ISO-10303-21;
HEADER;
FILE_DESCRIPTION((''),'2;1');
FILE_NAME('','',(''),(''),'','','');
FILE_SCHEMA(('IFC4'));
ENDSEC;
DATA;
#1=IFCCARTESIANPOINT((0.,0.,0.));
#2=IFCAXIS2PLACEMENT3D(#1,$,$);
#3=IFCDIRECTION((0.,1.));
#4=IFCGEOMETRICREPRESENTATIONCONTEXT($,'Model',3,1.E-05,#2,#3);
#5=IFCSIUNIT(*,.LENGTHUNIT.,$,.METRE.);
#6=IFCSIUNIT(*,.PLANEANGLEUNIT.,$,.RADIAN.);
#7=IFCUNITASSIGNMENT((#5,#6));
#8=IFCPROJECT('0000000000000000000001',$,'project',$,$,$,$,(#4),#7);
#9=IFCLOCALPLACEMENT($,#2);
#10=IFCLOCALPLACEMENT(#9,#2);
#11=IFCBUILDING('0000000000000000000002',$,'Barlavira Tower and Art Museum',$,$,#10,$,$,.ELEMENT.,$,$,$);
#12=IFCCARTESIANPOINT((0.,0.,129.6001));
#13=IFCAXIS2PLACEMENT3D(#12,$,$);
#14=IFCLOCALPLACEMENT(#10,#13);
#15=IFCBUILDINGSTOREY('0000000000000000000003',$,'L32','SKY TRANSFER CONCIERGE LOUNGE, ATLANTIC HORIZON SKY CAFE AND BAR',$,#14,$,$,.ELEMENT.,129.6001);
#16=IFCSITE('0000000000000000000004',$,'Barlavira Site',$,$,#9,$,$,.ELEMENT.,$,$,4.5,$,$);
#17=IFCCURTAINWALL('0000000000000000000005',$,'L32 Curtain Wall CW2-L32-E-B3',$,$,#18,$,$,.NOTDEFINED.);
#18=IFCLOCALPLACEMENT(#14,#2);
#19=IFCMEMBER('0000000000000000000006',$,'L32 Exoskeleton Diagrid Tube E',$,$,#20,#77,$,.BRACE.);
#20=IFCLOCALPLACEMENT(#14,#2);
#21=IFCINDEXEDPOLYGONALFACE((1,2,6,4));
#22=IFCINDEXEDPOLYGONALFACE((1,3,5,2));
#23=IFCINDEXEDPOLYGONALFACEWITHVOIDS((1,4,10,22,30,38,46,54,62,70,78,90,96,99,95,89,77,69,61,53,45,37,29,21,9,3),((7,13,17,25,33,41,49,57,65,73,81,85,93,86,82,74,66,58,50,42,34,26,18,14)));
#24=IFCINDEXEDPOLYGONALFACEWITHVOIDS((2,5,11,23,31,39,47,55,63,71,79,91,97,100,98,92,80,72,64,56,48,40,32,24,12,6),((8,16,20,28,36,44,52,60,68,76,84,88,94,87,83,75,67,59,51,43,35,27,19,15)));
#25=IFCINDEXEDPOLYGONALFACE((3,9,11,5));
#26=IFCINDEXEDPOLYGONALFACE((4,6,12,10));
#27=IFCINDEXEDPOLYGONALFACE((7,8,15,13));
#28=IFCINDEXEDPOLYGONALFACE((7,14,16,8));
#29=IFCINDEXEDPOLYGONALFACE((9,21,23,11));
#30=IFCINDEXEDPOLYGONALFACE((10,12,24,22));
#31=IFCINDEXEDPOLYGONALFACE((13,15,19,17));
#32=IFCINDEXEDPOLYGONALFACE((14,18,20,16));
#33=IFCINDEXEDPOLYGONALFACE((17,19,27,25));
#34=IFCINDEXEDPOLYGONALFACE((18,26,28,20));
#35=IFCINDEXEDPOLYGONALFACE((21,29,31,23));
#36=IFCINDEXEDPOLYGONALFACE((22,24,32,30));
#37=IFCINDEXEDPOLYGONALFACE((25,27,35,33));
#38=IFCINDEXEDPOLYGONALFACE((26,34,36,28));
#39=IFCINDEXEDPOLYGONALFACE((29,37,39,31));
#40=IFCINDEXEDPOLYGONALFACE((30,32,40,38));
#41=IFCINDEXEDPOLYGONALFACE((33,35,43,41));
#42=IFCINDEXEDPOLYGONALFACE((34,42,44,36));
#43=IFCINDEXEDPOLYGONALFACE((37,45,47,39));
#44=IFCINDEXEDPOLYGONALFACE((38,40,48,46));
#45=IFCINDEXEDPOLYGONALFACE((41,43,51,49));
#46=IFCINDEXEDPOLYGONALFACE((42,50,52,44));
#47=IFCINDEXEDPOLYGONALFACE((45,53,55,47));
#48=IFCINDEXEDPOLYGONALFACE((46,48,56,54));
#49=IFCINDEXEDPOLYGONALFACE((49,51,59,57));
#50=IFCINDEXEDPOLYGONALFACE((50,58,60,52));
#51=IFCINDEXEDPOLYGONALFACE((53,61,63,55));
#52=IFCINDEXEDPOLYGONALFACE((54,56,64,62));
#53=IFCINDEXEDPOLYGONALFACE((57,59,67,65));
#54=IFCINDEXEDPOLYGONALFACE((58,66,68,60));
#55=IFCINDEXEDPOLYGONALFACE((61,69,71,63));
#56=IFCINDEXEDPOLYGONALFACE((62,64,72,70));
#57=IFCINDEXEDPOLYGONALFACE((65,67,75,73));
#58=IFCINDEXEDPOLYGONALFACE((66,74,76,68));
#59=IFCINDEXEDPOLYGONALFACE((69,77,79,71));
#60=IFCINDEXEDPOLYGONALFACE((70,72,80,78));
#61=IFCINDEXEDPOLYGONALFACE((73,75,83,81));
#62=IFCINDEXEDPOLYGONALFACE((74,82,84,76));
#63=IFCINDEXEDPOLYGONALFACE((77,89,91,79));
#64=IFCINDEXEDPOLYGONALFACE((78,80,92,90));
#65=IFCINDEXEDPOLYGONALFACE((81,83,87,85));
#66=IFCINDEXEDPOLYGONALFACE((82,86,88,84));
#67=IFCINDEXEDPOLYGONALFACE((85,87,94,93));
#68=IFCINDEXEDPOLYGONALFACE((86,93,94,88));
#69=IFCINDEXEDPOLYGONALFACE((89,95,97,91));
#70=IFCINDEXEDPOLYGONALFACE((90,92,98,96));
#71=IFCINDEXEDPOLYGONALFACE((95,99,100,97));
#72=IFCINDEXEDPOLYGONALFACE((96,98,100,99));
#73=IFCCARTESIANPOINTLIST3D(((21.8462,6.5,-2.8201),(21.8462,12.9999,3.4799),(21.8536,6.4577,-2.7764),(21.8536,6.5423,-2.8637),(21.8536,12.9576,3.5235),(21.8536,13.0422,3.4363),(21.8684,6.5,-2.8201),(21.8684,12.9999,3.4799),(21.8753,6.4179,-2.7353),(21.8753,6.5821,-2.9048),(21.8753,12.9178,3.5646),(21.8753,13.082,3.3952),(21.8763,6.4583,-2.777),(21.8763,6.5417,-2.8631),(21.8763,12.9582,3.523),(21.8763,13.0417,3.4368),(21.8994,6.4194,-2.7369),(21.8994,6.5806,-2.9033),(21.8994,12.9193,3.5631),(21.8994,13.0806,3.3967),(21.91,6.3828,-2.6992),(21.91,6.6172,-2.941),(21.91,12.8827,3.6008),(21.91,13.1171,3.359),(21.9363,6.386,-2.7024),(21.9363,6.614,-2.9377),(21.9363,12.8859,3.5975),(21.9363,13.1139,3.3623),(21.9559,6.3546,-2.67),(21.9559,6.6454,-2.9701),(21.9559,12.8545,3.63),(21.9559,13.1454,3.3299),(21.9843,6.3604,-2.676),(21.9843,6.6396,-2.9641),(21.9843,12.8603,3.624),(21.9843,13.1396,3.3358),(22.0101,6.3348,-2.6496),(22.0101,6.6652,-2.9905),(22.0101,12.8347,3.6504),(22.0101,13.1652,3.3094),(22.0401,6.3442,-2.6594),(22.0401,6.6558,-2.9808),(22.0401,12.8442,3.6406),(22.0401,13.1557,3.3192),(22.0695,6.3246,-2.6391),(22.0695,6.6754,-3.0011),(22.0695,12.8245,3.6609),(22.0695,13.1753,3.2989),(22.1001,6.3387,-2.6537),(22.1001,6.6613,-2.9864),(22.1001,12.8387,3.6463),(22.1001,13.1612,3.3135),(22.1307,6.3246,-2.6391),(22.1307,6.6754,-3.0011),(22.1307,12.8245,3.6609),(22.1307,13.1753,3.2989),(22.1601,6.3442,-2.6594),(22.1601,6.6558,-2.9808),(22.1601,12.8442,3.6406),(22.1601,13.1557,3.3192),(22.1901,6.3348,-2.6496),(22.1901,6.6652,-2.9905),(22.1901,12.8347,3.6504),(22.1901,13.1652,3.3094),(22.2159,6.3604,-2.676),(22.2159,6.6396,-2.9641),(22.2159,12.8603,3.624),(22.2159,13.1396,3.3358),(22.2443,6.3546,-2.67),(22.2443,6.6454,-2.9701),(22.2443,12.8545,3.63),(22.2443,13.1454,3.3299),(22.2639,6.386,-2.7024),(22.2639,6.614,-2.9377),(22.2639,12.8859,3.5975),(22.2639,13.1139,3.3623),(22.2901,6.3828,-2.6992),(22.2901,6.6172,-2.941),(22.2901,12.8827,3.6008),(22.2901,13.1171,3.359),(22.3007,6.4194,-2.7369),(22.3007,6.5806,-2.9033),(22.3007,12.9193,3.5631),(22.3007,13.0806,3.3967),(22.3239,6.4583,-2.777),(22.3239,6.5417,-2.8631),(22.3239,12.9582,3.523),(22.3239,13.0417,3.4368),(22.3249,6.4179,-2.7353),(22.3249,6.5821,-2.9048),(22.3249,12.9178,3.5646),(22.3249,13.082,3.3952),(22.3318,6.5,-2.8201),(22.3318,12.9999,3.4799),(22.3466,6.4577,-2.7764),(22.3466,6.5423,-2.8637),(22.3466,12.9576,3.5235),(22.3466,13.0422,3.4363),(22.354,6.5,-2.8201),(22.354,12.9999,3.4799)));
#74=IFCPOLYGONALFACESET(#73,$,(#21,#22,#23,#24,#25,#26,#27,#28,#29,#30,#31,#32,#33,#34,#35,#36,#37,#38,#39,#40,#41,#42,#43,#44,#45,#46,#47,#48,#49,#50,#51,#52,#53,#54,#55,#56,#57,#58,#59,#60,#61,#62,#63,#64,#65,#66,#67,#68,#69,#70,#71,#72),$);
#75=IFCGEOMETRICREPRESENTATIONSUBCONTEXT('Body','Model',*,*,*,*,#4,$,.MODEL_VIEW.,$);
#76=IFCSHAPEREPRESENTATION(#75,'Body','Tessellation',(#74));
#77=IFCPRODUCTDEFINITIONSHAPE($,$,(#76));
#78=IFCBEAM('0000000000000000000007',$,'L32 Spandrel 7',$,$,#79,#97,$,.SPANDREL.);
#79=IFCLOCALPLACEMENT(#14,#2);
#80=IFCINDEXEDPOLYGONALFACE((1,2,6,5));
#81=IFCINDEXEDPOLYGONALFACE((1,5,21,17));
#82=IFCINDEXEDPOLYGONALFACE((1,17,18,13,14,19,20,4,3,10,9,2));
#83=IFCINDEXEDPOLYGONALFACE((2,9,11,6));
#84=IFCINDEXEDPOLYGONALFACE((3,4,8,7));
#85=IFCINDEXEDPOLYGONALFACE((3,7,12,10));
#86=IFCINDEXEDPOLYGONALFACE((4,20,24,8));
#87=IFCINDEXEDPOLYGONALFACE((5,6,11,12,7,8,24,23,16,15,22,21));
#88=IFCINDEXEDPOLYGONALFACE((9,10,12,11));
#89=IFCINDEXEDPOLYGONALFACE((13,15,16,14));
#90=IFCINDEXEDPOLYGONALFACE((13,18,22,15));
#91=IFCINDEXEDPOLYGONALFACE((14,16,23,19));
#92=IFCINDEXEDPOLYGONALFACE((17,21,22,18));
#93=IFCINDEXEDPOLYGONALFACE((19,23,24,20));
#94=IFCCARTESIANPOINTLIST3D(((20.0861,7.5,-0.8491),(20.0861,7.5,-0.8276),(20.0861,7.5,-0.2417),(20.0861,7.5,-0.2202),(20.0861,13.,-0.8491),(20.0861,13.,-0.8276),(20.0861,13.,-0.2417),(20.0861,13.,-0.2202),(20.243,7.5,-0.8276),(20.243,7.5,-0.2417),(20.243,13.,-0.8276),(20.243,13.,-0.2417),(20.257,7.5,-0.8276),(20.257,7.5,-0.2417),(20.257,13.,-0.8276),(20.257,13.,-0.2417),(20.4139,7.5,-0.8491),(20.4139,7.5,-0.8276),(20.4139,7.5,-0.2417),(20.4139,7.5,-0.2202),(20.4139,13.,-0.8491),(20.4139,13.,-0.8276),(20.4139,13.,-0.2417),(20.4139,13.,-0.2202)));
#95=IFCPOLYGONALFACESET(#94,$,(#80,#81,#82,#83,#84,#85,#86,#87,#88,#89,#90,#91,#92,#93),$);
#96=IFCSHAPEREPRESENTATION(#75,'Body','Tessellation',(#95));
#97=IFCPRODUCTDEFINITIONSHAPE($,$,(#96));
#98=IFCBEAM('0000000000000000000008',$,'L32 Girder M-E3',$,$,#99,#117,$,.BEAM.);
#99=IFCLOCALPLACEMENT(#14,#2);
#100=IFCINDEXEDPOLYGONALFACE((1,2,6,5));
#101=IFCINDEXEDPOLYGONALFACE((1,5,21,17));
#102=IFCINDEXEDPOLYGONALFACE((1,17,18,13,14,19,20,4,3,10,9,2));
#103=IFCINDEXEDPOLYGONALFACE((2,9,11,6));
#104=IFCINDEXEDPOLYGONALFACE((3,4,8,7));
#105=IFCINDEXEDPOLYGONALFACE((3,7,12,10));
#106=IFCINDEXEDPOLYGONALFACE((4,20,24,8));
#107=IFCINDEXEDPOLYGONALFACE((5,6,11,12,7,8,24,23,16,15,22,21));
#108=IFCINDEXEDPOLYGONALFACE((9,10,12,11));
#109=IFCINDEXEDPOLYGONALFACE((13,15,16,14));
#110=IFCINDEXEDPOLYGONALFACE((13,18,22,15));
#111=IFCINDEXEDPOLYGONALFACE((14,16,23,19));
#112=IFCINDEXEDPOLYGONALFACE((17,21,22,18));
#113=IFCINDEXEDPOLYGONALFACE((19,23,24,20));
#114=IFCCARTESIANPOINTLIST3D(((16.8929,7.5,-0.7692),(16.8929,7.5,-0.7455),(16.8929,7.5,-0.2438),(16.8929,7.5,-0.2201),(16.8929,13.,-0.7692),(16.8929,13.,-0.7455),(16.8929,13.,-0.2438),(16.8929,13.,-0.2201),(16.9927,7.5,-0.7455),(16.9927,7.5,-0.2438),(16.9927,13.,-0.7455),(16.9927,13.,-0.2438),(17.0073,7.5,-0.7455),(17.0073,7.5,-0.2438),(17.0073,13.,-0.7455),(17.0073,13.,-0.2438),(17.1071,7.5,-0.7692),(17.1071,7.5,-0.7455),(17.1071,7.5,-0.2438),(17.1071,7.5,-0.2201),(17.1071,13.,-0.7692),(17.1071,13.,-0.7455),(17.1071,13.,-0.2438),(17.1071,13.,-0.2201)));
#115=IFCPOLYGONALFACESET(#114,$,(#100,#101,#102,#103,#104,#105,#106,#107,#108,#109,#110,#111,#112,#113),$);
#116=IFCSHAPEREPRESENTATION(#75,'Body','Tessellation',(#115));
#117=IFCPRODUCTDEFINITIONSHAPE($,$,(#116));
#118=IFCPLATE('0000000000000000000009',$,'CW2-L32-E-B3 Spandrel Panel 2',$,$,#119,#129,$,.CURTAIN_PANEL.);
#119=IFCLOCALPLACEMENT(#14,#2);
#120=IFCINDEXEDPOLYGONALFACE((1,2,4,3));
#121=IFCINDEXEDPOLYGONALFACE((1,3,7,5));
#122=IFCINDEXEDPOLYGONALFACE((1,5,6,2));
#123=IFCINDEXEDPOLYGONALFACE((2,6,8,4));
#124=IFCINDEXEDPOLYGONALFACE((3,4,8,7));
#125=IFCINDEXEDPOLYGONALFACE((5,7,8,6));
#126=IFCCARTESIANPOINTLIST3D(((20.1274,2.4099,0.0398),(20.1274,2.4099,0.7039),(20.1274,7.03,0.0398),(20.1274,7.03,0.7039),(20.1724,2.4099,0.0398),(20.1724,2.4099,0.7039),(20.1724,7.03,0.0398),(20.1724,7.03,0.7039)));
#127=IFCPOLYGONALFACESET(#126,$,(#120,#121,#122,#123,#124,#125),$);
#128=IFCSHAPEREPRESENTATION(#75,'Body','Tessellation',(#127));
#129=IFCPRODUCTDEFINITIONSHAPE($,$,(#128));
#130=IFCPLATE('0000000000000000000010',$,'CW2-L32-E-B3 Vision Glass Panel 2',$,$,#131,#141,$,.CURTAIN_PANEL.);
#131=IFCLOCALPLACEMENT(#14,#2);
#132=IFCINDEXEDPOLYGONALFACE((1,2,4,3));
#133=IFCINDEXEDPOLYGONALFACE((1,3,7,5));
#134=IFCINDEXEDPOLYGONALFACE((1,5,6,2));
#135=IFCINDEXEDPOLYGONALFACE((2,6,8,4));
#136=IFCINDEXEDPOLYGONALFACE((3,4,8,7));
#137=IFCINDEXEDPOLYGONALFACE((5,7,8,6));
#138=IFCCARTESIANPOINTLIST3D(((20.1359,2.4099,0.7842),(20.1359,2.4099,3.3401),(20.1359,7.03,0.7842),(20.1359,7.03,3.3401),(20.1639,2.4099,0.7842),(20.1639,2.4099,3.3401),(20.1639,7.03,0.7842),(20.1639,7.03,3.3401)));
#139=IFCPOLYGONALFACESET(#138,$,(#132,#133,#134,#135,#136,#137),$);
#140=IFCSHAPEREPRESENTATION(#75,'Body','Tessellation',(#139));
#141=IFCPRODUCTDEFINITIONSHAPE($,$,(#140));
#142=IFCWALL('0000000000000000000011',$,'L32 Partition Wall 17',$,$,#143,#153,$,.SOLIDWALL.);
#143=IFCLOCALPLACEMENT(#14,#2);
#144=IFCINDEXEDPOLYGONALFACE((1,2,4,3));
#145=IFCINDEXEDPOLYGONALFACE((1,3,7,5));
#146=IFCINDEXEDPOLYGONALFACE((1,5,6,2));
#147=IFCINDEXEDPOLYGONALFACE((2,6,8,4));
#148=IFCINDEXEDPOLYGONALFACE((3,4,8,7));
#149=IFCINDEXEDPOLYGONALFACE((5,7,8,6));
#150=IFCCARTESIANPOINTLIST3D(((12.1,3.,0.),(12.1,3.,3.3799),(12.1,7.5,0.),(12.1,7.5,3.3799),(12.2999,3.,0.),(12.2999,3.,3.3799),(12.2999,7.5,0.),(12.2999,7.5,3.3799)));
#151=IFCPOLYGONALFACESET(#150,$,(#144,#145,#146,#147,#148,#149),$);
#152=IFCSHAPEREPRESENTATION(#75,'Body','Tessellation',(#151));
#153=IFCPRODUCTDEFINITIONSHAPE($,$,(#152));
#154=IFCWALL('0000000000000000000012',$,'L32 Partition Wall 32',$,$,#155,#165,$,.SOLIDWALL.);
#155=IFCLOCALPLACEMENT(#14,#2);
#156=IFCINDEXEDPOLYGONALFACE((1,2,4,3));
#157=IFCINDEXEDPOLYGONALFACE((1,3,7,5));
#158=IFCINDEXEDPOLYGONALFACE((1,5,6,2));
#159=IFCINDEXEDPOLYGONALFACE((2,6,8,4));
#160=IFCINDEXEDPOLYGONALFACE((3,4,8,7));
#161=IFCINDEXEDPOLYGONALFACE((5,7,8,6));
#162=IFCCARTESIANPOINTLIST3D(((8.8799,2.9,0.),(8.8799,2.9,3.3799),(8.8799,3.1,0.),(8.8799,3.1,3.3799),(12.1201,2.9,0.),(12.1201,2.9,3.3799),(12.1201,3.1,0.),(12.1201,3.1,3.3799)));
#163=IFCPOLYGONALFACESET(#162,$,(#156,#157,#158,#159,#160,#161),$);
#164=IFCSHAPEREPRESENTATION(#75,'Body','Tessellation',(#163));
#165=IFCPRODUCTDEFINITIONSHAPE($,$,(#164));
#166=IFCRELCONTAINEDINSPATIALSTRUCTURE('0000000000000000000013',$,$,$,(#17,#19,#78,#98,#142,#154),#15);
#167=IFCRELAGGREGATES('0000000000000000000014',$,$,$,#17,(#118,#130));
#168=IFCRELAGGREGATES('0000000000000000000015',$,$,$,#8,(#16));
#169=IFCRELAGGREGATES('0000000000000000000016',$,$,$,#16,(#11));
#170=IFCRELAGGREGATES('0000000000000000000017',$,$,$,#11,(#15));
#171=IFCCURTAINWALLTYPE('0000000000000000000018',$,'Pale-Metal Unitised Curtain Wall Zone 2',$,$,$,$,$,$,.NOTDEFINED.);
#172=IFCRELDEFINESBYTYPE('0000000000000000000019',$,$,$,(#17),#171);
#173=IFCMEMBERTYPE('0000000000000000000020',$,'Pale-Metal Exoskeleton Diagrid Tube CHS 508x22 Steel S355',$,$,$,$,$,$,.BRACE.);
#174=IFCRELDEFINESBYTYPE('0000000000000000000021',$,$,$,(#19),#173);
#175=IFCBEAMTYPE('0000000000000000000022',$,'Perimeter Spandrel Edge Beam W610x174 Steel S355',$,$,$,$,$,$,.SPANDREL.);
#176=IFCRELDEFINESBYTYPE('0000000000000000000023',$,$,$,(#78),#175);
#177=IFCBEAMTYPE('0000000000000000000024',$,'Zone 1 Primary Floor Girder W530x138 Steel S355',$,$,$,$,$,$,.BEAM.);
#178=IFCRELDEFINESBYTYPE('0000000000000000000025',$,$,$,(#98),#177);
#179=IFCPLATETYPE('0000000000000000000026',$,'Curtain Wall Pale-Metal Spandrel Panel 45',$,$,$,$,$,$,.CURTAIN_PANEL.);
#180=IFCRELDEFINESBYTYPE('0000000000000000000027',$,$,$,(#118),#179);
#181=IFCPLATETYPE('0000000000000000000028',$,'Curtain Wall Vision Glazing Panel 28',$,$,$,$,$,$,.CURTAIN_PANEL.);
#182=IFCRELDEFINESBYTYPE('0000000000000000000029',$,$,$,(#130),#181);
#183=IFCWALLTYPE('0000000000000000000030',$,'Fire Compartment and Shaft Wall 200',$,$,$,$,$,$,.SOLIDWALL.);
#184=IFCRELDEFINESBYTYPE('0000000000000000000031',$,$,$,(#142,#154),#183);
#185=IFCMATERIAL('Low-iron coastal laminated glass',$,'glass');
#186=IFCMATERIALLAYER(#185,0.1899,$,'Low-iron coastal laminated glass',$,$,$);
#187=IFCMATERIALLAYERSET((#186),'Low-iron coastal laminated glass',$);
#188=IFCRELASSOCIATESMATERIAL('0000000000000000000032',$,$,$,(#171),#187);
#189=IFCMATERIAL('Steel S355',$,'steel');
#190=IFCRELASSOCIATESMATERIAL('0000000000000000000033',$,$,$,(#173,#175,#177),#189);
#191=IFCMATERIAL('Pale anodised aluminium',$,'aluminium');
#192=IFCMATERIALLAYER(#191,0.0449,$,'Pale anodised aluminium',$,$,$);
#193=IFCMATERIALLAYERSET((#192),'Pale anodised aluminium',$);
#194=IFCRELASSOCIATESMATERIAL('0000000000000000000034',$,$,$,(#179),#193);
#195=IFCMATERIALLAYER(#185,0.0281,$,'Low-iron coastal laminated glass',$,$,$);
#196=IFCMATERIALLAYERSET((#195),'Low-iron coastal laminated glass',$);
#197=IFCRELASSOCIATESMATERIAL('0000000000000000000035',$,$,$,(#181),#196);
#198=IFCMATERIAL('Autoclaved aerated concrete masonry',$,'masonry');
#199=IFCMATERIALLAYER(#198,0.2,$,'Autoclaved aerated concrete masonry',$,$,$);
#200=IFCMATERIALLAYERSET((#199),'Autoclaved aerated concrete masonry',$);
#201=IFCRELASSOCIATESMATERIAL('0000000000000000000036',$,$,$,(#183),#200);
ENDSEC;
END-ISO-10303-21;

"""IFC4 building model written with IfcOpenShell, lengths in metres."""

from ifc_helpers import new_model, si_unit, direction, frame, frame_2d, origin, origin_2d, place, context, subcontext, project, spatial, rectangle, hollow_circle, i_section, extrude, material, layer, layer_set, material_profile, profile_set, type_object, element, aggregate, save


model = new_model("IFC4")

# Units and contexts
model_context = context("Model", 3, precision=1e-05, world=origin(), true_north=direction((0.0, 1.0)))
body_context = subcontext(model_context, "Body", "Model", "MODEL_VIEW")
ifc_project = project(units=[si_unit("LENGTHUNIT", "METRE"), si_unit("PLANEANGLEUNIT", "RADIAN")], contexts=[model_context])

# Site, building, storey
site_placement = place(None, origin())
site = spatial("IfcSite", under=ifc_project, at=site_placement, Name="Barlavira Site", CompositionType="ELEMENT", RefElevation=4.5)
building_placement = place(site_placement, origin())
building = spatial("IfcBuilding", under=site, at=building_placement, Name="Barlavira Tower and Art Museum", CompositionType="ELEMENT")
storey_placement = place(building_placement, frame((0.0, 0.0, 129.6001)))
storey = spatial("IfcBuildingStorey", under=building, at=storey_placement, Name="L32", Description="SKY TRANSFER CONCIERGE LOUNGE, ATLANTIC HORIZON SKY CAFE AND BAR", CompositionType="ELEMENT", Elevation=129.6001)

# Curtain wall
ifc_material_1 = material(Name="Low-iron coastal laminated glass", Category="glass")
ifc_layer_1 = layer(ifc_material_1, 0.1899, Name="Low-iron coastal laminated glass")
ifc_layer_set_1 = layer_set([ifc_layer_1], Name="Low-iron coastal laminated glass")
curtain_wall_type = type_object("IfcCurtainWallType", Name="Pale-Metal Unitised Curtain Wall Zone 2", PredefinedType="NOTDEFINED", material=ifc_layer_set_1)
curtain_wall_placement = place(storey_placement, origin())
curtain_wall = element("IfcCurtainWall", 1, at=curtain_wall_placement, inside=storey, type_object=curtain_wall_type, Name="L32 Curtain Wall CW2-L32-E-B3", PredefinedType="NOTDEFINED")
ifc_material_2 = material(Name="Pale anodised aluminium", Category="aluminium")

# Member
ifc_material_3 = material(Name="Steel S355", Category="steel")
ifc_material_profile_1 = material_profile(ifc_material_3, hollow_circle(Radius=0.2539, WallThickness=0.0222, at=origin_2d()), Name="CHS 508.0x22.2")
ifc_profile_set_1 = profile_set([ifc_material_profile_1], Name="Steel S355")
member_type_1 = type_object("IfcMemberType", Name="Pale-Metal Exoskeleton Diagrid Tube CHS 508x22 Steel S355", PredefinedType="BRACE", material=ifc_profile_set_1)
for number, where, z_axis, x_axis, name in (
    (2, (22.1001, 6.5, -2.8201), (0.0, 0.718065, 0.695976), (-1.0, 0.0, 0.0), "L32 Exoskeleton Diagrid Tube E"),
):
    element("IfcMember", number, at=place(storey_placement, frame(where, z_axis=z_axis, x_axis=x_axis)), inside=storey, type_object=member_type_1, Name=name, PredefinedType="BRACE", context=body_context, shape_type="SweptSolid", body=[
        extrude(hollow_circle(Radius=0.2539, WallThickness=0.0222, at=origin_2d()), origin(), (0.0, 0.0, 1.0), 9.052),
    ])

# Beams
ifc_material_profile_2 = material_profile(ifc_material_3, i_section(OverallWidth=0.3279, OverallDepth=0.6289, WebThickness=0.0139, FlangeThickness=0.0215, at=origin_2d()), Name="W610x174.0")
ifc_profile_set_2 = profile_set([ifc_material_profile_2], Name="Steel S355")
beam_type_1 = type_object("IfcBeamType", Name="Perimeter Spandrel Edge Beam W610x174 Steel S355", PredefinedType="SPANDREL", material=ifc_profile_set_2)
beam_1_placement = place(storey_placement, frame((20.25, 7.5, -0.5347), z_axis=(0.0, 1.0, 0.0), x_axis=(-1.0, 0.0, 0.0)))
element("IfcBeam", 3, at=beam_1_placement, inside=storey, type_object=beam_type_1, Name="L32 Spandrel 7", PredefinedType="SPANDREL", context=body_context, shape_type="SweptSolid", body=[
    extrude(i_section(OverallWidth=0.3279, OverallDepth=0.6289, WebThickness=0.0139, FlangeThickness=0.0215, at=origin_2d()), origin(), (0.0, 0.0, 1.0), 5.5),
])
ifc_material_profile_3 = material_profile(ifc_material_3, i_section(OverallWidth=0.2141, OverallDepth=0.5491, WebThickness=0.0146, FlangeThickness=0.0237, at=origin_2d()), Name="W530x138.0")
ifc_profile_set_3 = profile_set([ifc_material_profile_3], Name="Steel S355")
beam_type_2 = type_object("IfcBeamType", Name="Zone 1 Primary Floor Girder W530x138 Steel S355", PredefinedType="BEAM", material=ifc_profile_set_3)
beam_2_placement = place(storey_placement, frame((17.0, 7.5, -0.4946), z_axis=(0.0, 1.0, 0.0), x_axis=(-1.0, 0.0, 0.0)))
element("IfcBeam", 4, at=beam_2_placement, inside=storey, type_object=beam_type_2, Name="L32 Girder M-E3", PredefinedType="BEAM", context=body_context, shape_type="SweptSolid", body=[
    extrude(i_section(OverallWidth=0.2141, OverallDepth=0.5491, WebThickness=0.0146, FlangeThickness=0.0237, at=origin_2d()), origin(), (0.0, 0.0, 1.0), 5.5),
])

# Plates
ifc_layer_2 = layer(ifc_material_2, 0.0449, Name="Pale anodised aluminium")
ifc_layer_set_2 = layer_set([ifc_layer_2], Name="Pale anodised aluminium")
plate_type_1 = type_object("IfcPlateType", Name="Curtain Wall Pale-Metal Spandrel Panel 45", PredefinedType="CURTAIN_PANEL", material=ifc_layer_set_2)
plate_1_placement = place(storey_placement, frame((20.1499, 4.72, 0.0398), z_axis=(0.0, 0.0, 1.0), x_axis=(0.0, 1.0, 0.0)))
plate_1 = element("IfcPlate", 5, at=plate_1_placement, type_object=plate_type_1, Name="CW2-L32-E-B3 Spandrel Panel 2", PredefinedType="CURTAIN_PANEL", context=body_context, shape_type="SweptSolid", body=[
    extrude(rectangle(XDim=4.6201, YDim=0.0449, at=origin_2d()), origin(), (0.0, 0.0, 1.0), 0.6641),
])
ifc_layer_3 = layer(ifc_material_1, 0.0281, Name="Low-iron coastal laminated glass")
ifc_layer_set_3 = layer_set([ifc_layer_3], Name="Low-iron coastal laminated glass")
plate_type_2 = type_object("IfcPlateType", Name="Curtain Wall Vision Glazing Panel 28", PredefinedType="CURTAIN_PANEL", material=ifc_layer_set_3)
plate_2_placement = place(storey_placement, frame((20.1499, 4.72, 0.7842), z_axis=(0.0, 0.0, 1.0), x_axis=(0.0, 1.0, 0.0)))
plate_2 = element("IfcPlate", 6, at=plate_2_placement, type_object=plate_type_2, Name="CW2-L32-E-B3 Vision Glass Panel 2", PredefinedType="CURTAIN_PANEL", context=body_context, shape_type="SweptSolid", body=[
    extrude(rectangle(XDim=4.6201, YDim=0.0281, at=origin_2d()), origin(), (0.0, 0.0, 1.0), 2.5559),
])
aggregate(curtain_wall, [plate_1, plate_2])

# Walls
ifc_material_4 = material(Name="Autoclaved aerated concrete masonry", Category="masonry")
ifc_layer_4 = layer(ifc_material_4, 0.2, Name="Autoclaved aerated concrete masonry")
ifc_layer_set_4 = layer_set([ifc_layer_4], Name="Autoclaved aerated concrete masonry")
wall_type_1 = type_object("IfcWallType", Name="Fire Compartment and Shaft Wall 200", PredefinedType="SOLIDWALL", material=ifc_layer_set_4)
wall_1_placement = place(storey_placement, frame((12.2, 3.0, 0.0), z_axis=(0.0, 0.0, 1.0), x_axis=(0.0, 1.0, 0.0)))
element("IfcWall", 7, at=wall_1_placement, inside=storey, type_object=wall_type_1, Name="L32 Partition Wall 17", PredefinedType="SOLIDWALL", context=body_context, shape_type="SweptSolid", body=[
    extrude(rectangle(XDim=4.5, YDim=0.2, at=frame_2d((2.25, 0.0))), origin(), (0.0, 0.0, 1.0), 3.3799),
])
wall_2_placement = place(storey_placement, frame((8.8799, 3.0, 0.0), z_axis=(0.0, 0.0, 1.0), x_axis=(1.0, 0.0, 0.0)))
element("IfcWall", 8, at=wall_2_placement, inside=storey, type_object=wall_type_1, Name="L32 Partition Wall 32", PredefinedType="SOLIDWALL", context=body_context, shape_type="SweptSolid", body=[
    extrude(rectangle(XDim=3.2402, YDim=0.2, at=frame_2d((1.6201, 0.0))), origin(), (0.0, 0.0, 1.0), 3.3799),
])

save(model, "model.ifc")
